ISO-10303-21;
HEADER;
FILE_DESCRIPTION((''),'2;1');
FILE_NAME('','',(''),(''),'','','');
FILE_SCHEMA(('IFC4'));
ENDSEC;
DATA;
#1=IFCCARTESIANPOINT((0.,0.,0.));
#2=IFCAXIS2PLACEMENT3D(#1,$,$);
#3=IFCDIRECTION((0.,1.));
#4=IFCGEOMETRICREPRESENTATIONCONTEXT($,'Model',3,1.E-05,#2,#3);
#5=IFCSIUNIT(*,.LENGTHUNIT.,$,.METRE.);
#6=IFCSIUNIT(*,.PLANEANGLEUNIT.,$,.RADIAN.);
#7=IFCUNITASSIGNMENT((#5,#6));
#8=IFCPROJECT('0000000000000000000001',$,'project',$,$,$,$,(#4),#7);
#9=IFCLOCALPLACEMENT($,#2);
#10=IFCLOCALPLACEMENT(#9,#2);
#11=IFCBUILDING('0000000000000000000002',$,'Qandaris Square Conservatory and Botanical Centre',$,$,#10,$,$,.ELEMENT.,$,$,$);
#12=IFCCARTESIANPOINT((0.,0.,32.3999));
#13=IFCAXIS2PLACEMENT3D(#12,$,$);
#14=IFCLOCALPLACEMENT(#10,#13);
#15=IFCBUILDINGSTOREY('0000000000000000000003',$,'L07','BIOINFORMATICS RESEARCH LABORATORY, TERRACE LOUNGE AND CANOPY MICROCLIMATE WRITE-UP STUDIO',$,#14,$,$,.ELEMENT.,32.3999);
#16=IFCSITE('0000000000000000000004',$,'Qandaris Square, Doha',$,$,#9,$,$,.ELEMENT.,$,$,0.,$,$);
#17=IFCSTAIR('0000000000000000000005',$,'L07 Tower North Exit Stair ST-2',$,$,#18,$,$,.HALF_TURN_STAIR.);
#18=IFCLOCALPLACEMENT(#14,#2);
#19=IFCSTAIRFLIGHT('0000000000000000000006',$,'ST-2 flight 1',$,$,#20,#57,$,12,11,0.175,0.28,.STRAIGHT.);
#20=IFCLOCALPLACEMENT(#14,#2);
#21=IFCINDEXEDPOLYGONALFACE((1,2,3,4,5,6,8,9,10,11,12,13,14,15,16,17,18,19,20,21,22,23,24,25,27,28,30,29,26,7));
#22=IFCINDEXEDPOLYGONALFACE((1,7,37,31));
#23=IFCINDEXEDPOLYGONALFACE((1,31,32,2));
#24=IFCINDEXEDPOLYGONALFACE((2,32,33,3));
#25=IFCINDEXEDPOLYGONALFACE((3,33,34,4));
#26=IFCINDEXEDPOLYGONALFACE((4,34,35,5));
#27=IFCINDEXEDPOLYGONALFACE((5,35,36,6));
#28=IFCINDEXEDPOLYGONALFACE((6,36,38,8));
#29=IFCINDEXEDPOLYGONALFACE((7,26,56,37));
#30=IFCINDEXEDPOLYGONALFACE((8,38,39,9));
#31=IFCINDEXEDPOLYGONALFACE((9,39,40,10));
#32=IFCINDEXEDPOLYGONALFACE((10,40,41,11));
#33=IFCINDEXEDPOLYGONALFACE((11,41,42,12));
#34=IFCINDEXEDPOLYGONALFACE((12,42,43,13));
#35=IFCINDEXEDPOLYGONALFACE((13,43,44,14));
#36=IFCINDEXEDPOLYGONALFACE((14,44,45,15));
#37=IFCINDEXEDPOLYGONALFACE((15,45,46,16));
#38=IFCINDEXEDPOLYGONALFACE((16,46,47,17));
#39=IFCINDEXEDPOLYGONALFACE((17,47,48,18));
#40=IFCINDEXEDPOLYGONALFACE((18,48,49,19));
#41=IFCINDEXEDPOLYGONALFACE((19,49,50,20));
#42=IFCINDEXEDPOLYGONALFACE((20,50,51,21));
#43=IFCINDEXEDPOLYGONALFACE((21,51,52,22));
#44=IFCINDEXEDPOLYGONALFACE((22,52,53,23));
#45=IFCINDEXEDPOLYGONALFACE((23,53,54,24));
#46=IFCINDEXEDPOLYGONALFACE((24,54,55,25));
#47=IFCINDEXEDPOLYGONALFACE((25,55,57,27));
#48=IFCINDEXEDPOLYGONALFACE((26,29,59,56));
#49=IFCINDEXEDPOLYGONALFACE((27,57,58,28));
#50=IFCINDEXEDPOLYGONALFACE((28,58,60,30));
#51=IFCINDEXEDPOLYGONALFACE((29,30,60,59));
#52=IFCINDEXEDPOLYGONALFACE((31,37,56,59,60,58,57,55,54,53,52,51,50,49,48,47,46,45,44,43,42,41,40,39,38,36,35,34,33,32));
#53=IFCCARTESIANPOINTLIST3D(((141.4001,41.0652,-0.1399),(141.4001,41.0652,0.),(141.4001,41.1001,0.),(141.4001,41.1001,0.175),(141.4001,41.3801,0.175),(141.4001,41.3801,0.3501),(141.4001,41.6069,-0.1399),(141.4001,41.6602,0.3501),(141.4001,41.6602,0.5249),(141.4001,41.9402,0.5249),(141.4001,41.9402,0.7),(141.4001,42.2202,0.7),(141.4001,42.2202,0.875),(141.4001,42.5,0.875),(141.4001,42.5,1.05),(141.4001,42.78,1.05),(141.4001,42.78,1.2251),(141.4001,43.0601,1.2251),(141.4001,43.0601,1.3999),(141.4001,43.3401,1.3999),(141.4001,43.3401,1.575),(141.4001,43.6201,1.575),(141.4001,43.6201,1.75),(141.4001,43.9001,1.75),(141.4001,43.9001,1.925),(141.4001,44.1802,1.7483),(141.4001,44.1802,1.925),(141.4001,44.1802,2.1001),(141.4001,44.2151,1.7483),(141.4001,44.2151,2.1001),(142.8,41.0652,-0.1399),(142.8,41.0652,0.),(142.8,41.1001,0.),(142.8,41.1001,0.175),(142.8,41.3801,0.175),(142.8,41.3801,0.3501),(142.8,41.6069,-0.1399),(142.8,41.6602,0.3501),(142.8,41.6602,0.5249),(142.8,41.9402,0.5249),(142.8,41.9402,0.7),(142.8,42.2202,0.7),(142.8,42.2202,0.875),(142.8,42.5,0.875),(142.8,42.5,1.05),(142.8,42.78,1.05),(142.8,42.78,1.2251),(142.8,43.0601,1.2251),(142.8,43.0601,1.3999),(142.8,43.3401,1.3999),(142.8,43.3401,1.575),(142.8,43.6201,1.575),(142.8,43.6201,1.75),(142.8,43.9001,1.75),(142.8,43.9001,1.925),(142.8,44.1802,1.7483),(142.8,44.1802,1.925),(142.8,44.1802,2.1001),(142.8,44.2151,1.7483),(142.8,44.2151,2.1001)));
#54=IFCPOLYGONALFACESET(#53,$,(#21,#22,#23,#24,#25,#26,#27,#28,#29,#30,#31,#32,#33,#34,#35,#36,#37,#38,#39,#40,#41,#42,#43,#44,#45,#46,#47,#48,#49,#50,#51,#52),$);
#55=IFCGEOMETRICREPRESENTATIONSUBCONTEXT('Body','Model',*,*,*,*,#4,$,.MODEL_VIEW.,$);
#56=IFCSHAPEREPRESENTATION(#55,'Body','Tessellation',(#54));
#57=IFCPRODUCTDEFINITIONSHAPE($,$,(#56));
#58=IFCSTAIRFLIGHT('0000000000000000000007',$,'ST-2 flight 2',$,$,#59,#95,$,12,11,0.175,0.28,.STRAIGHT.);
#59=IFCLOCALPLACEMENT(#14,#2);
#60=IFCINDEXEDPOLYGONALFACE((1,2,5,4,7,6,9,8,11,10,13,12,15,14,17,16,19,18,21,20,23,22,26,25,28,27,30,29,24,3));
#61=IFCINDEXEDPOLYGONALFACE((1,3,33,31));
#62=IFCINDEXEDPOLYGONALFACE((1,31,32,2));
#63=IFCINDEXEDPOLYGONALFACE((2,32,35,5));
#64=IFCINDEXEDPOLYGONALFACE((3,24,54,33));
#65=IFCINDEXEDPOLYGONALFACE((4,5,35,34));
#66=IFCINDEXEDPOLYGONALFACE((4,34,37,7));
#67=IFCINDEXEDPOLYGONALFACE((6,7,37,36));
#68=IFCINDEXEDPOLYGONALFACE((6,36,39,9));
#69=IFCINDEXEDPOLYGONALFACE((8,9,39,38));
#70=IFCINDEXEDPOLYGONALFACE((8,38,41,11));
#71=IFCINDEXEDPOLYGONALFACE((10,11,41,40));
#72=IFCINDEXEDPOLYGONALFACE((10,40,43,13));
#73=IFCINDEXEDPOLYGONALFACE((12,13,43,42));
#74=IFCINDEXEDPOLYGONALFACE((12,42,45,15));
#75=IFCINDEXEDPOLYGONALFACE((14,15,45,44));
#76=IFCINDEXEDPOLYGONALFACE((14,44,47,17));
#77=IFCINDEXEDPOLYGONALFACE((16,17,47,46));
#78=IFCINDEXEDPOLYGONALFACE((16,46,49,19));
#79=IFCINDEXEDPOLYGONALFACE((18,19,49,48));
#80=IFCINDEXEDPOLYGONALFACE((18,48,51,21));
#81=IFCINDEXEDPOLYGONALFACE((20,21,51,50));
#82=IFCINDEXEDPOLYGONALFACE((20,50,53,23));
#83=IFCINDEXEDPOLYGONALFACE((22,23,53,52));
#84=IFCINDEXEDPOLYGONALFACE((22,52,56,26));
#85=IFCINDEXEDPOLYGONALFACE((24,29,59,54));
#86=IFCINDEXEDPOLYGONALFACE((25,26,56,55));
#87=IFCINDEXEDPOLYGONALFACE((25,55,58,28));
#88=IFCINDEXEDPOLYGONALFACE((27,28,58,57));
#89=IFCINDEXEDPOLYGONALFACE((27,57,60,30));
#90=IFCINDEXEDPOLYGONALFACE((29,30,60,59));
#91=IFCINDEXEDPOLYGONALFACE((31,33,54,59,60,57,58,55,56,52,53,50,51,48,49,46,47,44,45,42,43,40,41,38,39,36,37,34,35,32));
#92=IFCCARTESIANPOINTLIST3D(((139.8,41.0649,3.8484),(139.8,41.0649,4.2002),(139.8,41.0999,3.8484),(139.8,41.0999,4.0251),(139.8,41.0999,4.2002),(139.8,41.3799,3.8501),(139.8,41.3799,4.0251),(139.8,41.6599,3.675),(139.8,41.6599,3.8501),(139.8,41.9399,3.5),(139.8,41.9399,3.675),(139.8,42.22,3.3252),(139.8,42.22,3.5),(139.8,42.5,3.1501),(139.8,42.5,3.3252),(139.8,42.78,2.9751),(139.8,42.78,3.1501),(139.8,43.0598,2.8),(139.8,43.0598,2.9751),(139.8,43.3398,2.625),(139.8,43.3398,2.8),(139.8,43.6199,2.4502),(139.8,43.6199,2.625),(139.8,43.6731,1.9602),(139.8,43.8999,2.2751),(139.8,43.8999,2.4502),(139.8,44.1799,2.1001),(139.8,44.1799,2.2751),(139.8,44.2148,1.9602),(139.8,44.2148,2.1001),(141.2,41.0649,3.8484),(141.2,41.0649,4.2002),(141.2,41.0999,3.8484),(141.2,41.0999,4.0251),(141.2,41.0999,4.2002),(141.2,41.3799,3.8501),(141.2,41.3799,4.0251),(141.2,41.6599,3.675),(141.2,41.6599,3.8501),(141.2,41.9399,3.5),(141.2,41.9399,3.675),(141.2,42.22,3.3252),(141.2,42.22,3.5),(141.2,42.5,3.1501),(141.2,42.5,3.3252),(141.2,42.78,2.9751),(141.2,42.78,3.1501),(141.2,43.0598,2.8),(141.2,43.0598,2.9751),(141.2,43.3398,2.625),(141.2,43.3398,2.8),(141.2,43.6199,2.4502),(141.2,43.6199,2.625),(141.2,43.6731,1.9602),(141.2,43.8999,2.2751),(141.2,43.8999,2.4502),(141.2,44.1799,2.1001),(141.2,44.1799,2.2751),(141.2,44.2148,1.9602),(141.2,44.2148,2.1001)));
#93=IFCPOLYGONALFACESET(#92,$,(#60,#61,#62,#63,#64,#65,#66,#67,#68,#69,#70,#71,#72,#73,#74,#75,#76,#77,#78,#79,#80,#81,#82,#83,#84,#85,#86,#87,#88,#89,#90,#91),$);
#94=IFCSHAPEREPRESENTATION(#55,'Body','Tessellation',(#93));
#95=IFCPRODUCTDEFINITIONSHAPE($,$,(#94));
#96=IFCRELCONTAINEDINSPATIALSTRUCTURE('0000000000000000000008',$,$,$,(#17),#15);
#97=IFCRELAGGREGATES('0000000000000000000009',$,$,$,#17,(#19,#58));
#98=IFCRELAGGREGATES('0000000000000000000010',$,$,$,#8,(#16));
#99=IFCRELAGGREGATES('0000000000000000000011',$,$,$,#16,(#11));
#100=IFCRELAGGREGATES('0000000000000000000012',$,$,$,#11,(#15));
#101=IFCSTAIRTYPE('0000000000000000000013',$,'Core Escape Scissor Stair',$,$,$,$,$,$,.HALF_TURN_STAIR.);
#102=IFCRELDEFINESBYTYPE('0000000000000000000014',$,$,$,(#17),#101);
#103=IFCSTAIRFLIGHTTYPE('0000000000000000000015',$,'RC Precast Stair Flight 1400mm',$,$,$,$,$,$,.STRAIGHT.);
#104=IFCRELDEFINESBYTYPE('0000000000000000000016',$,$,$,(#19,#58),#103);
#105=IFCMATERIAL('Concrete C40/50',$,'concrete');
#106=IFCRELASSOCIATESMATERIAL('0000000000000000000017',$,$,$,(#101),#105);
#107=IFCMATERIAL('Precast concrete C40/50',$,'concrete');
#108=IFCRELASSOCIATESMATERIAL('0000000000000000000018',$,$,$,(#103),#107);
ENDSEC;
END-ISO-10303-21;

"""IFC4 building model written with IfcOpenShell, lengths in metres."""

from ifc_helpers import new_model, si_unit, direction, frame, origin, place, context, subcontext, project, spatial, polyline, outline, extrude, material, type_object, element, aggregate, save


model = new_model("IFC4")

# Units and contexts
model_context = context("Model", 3, precision=1e-05, world=origin(), true_north=direction((0.0, 1.0)))
body_context = subcontext(model_context, "Body", "Model", "MODEL_VIEW")
ifc_project = project(units=[si_unit("LENGTHUNIT", "METRE"), si_unit("PLANEANGLEUNIT", "RADIAN")], contexts=[model_context])

# Site, building, storey
site_placement = place(None, origin())
site = spatial("IfcSite", under=ifc_project, at=site_placement, Name="Qandaris Square, Doha", CompositionType="ELEMENT", RefElevation=0.0)
building_placement = place(site_placement, origin())
building = spatial("IfcBuilding", under=site, at=building_placement, Name="Qandaris Square Conservatory and Botanical Centre", CompositionType="ELEMENT")
storey_placement = place(building_placement, frame((0.0, 0.0, 32.3999)))
storey = spatial("IfcBuildingStorey", under=building, at=storey_placement, Name="L07", Description="BIOINFORMATICS RESEARCH LABORATORY, TERRACE LOUNGE AND CANOPY MICROCLIMATE WRITE-UP STUDIO", CompositionType="ELEMENT", Elevation=32.3999)

# Shared definitions
ifc_material_1 = material(Name="Precast concrete C40/50", Category="concrete")

# Stair, stair flights
ifc_material_2 = material(Name="Concrete C40/50", Category="concrete")
stair_type = type_object("IfcStairType", Name="Core Escape Scissor Stair", PredefinedType="HALF_TURN_STAIR", material=ifc_material_2)
stair_placement = place(storey_placement, origin())
stair = element("IfcStair", 1, at=stair_placement, inside=storey, type_object=stair_type, Name="L07 Tower North Exit Stair ST-2", PredefinedType="HALF_TURN_STAIR")
stair_flight_type = type_object("IfcStairFlightType", Name="RC Precast Stair Flight 1400mm", PredefinedType="STRAIGHT", material=ifc_material_1)
stair_flight_1_placement = place(storey_placement, frame((142.1001, 41.1001, 0.0), z_axis=(0.0, 0.0, 1.0), x_axis=(0.0, 1.0, 0.0)))
stair_flight_1 = element("IfcStairFlight", 2, at=stair_flight_1_placement, type_object=stair_flight_type, Name="ST-2 flight 1", NumberOfRisers=12, NumberOfTreads=11, PredefinedType="STRAIGHT", RiserHeight=0.175, TreadLength=0.28, context=body_context, shape_type="SweptSolid", body=[
    extrude(outline(polyline([(-0.0349, 0.0), (0.0, 0.0), (0.0, 0.175), (0.28, 0.175), (0.28, 0.3501), (0.5601, 0.3501), (0.5601, 0.5249), (0.8401, 0.5249), (0.8401, 0.7), (1.1201, 0.7), (1.1201, 0.875), (1.3999, 0.875), (1.3999, 1.05), (1.6799, 1.05), (1.6799, 1.2251), (1.96, 1.2251), (1.96, 1.3999), (2.24, 1.3999), (2.24, 1.575), (2.52, 1.575), (2.52, 1.75), (2.8, 1.75), (2.8, 1.925), (3.0801, 1.925), (3.0801, 2.1001), (3.115, 2.1001), (3.115, 1.7483), (3.0801, 1.7483), (0.5068, -0.1399), (-0.0349, -0.1399), (-0.0349, 0.0)])), frame((0.0, 0.7, 0.0), z_axis=(0.0, -1.0, 0.0), x_axis=(1.0, 0.0, 0.0)), (0.0, 0.0, 1.0), 1.3999),
])
stair_flight_2_placement = place(storey_placement, frame((140.5, 44.1799, 2.1001), z_axis=(0.0, 0.0, 1.0), x_axis=(0.0, -1.0, 0.0)))
stair_flight_2 = element("IfcStairFlight", 3, at=stair_flight_2_placement, type_object=stair_flight_type, Name="ST-2 flight 2", NumberOfRisers=12, NumberOfTreads=11, PredefinedType="STRAIGHT", RiserHeight=0.175, TreadLength=0.28, context=body_context, shape_type="SweptSolid", body=[
    extrude(outline(polyline([(-0.0349, 0.0), (0.0, 0.0), (0.0, 0.175), (0.28, 0.175), (0.28, 0.3501), (0.5601, 0.3501), (0.5601, 0.5249), (0.8401, 0.5249), (0.8401, 0.7), (1.1201, 0.7), (1.1201, 0.875), (1.3999, 0.875), (1.3999, 1.05), (1.6799, 1.05), (1.6799, 1.2251), (1.96, 1.2251), (1.96, 1.3999), (2.24, 1.3999), (2.24, 1.575), (2.52, 1.575), (2.52, 1.75), (2.8, 1.75), (2.8, 1.925), (3.0801, 1.925), (3.0801, 2.1001), (3.115, 2.1001), (3.115, 1.7483), (3.0801, 1.7483), (0.5068, -0.1399), (-0.0349, -0.1399), (-0.0349, 0.0)])), frame((0.0, 0.7, 0.0), z_axis=(0.0, -1.0, 0.0), x_axis=(1.0, 0.0, 0.0)), (0.0, 0.0, 1.0), 1.3999),
])
aggregate(stair, [stair_flight_1, stair_flight_2])

save(model, "model.ifc")
